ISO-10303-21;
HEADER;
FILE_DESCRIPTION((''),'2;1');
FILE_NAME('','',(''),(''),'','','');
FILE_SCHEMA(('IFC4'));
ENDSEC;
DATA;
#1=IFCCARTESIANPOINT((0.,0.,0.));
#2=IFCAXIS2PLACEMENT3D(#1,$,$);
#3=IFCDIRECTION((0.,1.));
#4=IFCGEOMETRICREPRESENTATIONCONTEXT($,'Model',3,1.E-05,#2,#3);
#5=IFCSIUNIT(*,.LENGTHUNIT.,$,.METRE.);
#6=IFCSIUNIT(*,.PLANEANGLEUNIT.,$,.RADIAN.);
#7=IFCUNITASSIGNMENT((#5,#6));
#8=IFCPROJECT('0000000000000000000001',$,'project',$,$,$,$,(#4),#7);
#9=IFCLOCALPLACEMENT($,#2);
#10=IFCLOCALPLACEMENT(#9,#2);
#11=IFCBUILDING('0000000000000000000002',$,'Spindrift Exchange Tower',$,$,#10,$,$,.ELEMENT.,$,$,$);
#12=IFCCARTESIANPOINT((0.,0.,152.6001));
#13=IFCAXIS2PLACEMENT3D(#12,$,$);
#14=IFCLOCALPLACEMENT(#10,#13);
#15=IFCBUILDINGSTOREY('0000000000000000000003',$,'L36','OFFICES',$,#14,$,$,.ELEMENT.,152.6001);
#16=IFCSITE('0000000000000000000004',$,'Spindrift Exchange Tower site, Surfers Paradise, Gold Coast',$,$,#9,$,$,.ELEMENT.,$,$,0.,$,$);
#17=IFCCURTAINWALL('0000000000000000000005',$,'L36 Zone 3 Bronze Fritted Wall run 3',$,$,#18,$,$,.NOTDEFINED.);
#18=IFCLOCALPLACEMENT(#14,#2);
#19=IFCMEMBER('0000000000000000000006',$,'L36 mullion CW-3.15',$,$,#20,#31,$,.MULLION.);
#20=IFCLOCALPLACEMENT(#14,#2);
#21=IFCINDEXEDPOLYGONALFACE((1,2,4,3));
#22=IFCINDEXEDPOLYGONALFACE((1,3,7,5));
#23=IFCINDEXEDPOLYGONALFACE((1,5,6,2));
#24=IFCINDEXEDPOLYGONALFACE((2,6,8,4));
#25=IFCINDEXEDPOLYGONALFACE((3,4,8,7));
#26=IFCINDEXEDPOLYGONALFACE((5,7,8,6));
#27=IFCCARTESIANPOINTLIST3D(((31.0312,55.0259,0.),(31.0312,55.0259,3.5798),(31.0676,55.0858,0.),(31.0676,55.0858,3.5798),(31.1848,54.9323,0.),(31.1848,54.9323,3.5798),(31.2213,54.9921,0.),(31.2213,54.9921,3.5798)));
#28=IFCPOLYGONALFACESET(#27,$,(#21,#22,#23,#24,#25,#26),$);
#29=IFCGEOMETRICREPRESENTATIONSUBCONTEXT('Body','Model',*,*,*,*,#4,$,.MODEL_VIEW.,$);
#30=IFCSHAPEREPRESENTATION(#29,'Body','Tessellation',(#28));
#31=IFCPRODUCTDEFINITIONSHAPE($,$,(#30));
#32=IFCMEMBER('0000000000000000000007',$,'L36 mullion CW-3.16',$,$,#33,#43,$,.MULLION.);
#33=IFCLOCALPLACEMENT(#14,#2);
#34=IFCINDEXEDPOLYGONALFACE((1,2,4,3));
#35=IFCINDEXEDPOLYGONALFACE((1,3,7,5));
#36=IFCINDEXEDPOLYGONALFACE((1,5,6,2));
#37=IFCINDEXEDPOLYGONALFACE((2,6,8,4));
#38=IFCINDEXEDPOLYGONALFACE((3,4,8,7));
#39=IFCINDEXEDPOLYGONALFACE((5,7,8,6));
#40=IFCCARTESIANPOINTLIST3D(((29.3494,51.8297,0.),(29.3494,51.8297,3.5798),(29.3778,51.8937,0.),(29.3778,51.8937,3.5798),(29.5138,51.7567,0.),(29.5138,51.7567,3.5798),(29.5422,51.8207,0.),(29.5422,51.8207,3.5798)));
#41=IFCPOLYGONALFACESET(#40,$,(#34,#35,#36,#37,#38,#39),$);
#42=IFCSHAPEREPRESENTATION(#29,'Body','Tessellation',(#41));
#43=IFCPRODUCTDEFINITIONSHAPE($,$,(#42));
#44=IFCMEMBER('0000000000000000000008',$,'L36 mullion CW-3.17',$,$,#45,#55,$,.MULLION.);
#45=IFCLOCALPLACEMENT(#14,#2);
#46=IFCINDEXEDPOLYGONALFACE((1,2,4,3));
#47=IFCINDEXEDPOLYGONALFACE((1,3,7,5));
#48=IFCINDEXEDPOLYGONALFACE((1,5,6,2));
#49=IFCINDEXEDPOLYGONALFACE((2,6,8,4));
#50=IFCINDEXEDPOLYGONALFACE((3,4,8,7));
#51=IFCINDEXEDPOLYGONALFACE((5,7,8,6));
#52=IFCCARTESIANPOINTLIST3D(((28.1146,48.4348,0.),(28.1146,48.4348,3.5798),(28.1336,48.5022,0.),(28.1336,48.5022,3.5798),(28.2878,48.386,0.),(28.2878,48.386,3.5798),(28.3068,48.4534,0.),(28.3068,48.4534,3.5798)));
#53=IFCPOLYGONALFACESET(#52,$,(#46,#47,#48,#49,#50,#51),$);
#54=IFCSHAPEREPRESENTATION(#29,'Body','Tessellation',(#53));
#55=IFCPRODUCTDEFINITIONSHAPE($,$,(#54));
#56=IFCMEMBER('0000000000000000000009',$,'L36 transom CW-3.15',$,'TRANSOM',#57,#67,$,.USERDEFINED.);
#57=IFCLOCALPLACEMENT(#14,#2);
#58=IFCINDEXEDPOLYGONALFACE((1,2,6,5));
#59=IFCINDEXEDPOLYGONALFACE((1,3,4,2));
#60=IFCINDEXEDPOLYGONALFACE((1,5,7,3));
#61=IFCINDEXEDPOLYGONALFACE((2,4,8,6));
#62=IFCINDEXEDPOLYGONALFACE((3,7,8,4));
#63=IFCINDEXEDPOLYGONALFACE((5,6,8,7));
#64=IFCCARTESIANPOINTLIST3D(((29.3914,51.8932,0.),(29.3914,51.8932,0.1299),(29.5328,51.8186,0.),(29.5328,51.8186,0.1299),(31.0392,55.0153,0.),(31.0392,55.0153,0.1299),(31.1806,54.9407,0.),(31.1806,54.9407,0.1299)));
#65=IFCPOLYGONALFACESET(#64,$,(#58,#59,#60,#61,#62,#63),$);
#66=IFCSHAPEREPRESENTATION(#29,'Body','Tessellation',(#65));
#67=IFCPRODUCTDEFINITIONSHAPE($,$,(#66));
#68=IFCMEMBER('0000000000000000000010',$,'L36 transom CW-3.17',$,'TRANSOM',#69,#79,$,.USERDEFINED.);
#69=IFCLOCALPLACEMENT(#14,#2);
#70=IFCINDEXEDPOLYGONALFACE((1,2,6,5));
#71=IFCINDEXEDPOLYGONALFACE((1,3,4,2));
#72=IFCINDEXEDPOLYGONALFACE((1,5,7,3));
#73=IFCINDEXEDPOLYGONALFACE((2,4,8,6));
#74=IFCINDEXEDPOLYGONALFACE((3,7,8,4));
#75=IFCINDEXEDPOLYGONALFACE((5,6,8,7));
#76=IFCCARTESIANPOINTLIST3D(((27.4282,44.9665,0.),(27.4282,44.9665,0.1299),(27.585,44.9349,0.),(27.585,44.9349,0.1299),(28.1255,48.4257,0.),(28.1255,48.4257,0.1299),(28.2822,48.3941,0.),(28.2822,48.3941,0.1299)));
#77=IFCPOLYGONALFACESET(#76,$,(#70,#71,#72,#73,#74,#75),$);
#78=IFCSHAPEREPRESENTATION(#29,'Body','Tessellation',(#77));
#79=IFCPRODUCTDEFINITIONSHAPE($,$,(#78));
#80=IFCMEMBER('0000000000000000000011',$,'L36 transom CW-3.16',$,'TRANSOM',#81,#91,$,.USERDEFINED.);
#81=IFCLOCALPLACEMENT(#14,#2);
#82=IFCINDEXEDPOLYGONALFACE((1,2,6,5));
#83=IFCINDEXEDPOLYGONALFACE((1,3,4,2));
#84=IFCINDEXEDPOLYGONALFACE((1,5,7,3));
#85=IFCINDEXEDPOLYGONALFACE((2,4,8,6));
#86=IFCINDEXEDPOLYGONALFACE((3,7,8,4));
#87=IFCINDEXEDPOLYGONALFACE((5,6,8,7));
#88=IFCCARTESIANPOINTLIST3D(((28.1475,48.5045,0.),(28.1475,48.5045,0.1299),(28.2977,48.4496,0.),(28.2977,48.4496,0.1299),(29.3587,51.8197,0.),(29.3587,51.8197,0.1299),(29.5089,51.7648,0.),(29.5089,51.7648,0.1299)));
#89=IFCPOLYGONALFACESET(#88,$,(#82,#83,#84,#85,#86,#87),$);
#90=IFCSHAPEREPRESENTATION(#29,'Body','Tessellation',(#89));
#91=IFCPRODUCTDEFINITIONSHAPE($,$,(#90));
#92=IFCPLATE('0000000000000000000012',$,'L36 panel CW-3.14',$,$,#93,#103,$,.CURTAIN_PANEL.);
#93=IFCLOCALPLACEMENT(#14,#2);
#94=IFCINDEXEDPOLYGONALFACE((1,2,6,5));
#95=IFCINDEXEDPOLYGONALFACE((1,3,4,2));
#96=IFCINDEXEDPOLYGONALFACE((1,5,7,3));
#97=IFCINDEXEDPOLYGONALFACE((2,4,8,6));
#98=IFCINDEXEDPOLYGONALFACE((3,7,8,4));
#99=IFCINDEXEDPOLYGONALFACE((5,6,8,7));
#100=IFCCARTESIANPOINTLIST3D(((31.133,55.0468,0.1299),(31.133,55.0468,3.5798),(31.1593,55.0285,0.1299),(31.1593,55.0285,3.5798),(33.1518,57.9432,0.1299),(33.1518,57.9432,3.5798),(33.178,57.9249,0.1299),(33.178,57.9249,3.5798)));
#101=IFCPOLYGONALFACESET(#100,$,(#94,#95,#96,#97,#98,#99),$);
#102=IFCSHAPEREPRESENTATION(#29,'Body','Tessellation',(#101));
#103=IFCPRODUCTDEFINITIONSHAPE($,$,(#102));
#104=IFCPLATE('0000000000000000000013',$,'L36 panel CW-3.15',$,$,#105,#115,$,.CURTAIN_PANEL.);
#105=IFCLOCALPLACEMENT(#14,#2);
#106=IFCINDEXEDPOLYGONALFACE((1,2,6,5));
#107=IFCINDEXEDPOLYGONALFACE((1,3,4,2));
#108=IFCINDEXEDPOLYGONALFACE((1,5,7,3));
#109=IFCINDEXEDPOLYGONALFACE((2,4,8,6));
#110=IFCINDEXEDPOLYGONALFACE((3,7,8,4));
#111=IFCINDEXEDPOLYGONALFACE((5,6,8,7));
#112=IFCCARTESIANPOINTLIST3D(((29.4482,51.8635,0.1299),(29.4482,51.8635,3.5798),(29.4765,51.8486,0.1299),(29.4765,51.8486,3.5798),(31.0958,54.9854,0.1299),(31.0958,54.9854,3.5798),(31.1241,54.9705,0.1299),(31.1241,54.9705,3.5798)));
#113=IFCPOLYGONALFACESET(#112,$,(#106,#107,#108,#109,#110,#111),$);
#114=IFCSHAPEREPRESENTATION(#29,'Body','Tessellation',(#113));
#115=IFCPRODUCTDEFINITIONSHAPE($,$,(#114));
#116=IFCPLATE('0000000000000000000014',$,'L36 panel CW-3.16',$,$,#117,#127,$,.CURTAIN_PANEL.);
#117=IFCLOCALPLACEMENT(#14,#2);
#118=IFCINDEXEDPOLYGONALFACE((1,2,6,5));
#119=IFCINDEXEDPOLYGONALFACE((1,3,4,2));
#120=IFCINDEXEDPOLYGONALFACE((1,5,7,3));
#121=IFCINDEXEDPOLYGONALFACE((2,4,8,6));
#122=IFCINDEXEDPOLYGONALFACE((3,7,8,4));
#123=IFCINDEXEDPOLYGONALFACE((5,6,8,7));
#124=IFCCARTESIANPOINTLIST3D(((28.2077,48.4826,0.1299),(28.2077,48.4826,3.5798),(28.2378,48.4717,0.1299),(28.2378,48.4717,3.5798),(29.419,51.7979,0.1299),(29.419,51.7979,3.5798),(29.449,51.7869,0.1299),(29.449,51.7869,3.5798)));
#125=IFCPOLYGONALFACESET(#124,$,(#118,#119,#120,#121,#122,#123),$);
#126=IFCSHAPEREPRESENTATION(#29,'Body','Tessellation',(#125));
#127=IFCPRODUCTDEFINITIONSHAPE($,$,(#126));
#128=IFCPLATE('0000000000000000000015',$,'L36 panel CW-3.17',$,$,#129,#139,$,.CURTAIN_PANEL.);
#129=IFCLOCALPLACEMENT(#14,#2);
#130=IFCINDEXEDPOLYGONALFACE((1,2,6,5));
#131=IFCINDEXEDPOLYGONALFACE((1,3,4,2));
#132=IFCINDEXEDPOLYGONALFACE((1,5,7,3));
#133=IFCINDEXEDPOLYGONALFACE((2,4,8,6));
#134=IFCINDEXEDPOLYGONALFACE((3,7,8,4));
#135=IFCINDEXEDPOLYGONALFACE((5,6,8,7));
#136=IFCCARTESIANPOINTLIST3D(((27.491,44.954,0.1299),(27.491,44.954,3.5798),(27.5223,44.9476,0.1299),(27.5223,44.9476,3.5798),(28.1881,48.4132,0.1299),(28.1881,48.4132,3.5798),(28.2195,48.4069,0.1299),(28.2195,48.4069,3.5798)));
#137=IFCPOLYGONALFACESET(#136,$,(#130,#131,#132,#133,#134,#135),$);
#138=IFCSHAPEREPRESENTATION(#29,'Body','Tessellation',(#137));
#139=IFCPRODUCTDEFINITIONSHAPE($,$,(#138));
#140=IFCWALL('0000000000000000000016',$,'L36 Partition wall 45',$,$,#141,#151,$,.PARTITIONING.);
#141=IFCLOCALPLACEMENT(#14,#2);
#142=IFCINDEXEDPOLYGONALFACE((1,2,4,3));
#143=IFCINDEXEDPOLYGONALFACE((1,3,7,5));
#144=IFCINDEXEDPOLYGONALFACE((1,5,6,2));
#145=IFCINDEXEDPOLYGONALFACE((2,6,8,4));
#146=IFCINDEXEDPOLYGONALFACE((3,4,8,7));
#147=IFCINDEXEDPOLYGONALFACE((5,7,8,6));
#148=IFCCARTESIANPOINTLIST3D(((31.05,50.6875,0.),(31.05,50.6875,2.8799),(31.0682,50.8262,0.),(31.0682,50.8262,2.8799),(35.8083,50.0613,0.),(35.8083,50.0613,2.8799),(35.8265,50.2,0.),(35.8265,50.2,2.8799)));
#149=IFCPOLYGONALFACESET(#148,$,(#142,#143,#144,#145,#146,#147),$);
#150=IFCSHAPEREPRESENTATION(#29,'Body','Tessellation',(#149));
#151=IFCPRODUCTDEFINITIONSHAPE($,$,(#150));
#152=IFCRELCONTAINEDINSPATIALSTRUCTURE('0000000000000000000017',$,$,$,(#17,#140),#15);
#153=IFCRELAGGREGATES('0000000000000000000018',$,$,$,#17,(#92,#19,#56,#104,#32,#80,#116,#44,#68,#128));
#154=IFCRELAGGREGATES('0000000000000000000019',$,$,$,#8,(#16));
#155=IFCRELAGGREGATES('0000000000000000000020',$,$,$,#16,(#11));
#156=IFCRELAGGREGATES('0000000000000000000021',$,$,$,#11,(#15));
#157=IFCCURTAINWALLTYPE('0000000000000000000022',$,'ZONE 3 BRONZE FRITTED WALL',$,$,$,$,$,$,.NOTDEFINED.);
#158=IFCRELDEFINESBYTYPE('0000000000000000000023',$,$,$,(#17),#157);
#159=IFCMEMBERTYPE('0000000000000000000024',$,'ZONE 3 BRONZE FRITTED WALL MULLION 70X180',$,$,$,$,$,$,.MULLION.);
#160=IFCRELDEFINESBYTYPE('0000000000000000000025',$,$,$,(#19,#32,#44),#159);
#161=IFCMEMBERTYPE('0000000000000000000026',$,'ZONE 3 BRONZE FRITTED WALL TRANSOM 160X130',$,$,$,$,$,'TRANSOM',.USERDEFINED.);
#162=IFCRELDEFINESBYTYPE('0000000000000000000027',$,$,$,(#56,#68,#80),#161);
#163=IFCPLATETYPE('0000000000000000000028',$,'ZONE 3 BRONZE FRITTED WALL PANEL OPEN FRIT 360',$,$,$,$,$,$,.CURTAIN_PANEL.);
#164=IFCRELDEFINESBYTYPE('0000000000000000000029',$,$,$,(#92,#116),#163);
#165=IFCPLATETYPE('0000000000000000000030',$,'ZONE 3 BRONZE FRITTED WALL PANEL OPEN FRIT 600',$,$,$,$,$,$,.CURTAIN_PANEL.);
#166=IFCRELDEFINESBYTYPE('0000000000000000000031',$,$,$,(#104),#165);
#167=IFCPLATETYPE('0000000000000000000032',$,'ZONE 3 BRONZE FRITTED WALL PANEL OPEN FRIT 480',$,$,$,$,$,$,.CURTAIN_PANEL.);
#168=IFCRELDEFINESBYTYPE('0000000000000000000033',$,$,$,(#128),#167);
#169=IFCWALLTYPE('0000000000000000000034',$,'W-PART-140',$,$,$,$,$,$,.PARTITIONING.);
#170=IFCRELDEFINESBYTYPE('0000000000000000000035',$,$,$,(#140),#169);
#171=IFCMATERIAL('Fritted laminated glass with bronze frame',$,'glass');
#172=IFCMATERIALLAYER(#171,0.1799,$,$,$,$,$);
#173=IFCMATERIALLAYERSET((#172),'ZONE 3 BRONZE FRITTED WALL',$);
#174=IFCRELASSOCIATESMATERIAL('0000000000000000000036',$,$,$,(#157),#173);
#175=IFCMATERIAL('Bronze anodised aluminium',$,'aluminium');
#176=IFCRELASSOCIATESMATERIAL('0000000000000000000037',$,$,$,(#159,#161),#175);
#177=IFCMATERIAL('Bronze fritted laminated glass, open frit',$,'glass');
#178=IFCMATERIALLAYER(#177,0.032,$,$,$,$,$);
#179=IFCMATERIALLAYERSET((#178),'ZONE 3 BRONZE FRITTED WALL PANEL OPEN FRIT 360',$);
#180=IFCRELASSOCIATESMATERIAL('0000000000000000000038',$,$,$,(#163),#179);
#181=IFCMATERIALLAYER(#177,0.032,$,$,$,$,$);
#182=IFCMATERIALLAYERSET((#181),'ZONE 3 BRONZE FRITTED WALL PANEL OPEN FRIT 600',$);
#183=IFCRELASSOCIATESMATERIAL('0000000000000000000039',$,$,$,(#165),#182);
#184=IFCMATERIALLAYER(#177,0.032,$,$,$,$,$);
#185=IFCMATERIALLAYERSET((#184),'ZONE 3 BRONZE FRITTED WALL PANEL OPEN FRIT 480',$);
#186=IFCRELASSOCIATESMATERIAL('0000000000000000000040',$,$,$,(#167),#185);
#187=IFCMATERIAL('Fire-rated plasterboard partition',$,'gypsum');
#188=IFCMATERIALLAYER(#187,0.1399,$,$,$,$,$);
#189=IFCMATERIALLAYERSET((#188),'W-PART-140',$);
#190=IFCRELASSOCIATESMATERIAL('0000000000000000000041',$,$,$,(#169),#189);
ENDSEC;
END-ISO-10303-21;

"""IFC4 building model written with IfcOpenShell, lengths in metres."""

from ifc_helpers import new_model, si_unit, direction, frame, frame_2d, origin, origin_2d, place, context, subcontext, project, spatial, rectangle, extrude, source, transform, mapped, material, layer, layer_set, material_profile, profile_set, type_object, element, aggregate, save


model = new_model("IFC4")

# Units and contexts
model_context = context("Model", 3, precision=1e-05, world=origin(), true_north=direction((0.0, 1.0)))
body_context = subcontext(model_context, "Body", "Model", "MODEL_VIEW")
ifc_project = project(units=[si_unit("LENGTHUNIT", "METRE"), si_unit("PLANEANGLEUNIT", "RADIAN")], contexts=[model_context])

# Site, building, storey
site_placement = place(None, origin())
site = spatial("IfcSite", under=ifc_project, at=site_placement, Name="Spindrift Exchange Tower site, Surfers Paradise, Gold Coast", CompositionType="ELEMENT", RefElevation=0.0)
building_placement = place(site_placement, origin())
building = spatial("IfcBuilding", under=site, at=building_placement, Name="Spindrift Exchange Tower", CompositionType="ELEMENT")
storey_placement = place(building_placement, frame((0.0, 0.0, 152.6001)))
storey = spatial("IfcBuildingStorey", under=building, at=storey_placement, Name="L36", Description="OFFICES", CompositionType="ELEMENT", Elevation=152.6001)

# Curtain wall, members, plates
ifc_material_1 = material(Name="Fritted laminated glass with bronze frame", Category="glass")
ifc_layer_1 = layer(ifc_material_1, 0.1799)
ifc_layer_set_1 = layer_set([ifc_layer_1], Name="ZONE 3 BRONZE FRITTED WALL")
curtain_wall_type = type_object("IfcCurtainWallType", Name="ZONE 3 BRONZE FRITTED WALL", PredefinedType="NOTDEFINED", material=ifc_layer_set_1)
curtain_wall_placement = place(storey_placement, origin())
curtain_wall = element("IfcCurtainWall", 1, at=curtain_wall_placement, inside=storey, type_object=curtain_wall_type, Name="L36 Zone 3 Bronze Fritted Wall run 3", PredefinedType="NOTDEFINED")
ifc_material_2 = material(Name="Bronze anodised aluminium", Category="aluminium")
ifc_material_profile_1 = material_profile(ifc_material_2, rectangle(XDim=0.0701, YDim=0.1799, at=origin_2d()), Name="ZONE 3 BRONZE FRITTED WALL MULLION 70X180")
ifc_profile_set_1 = profile_set([ifc_material_profile_1], Name="Bronze anodised aluminium")
member_type_1 = type_object("IfcMemberType", Name="ZONE 3 BRONZE FRITTED WALL MULLION 70X180", PredefinedType="MULLION", material=ifc_profile_set_1)
shared_shape_1 = source(origin(), body_context, "Body", "SweptSolid", [
    extrude(rectangle(XDim=0.0701, YDim=0.1799, at=origin_2d()), origin(), (0.0, 0.0, 1.0), 3.5798),
])
member_1_placement = place(storey_placement, frame((31.1262, 55.009, 0.0), z_axis=(0.0, 0.0, 1.0), x_axis=(-0.52025, -0.854014, 0.0)))
member_1 = element("IfcMember", 2, at=member_1_placement, type_object=member_type_1, Name="L36 mullion CW-3.15", PredefinedType="MULLION", context=body_context, shape_type="MappedRepresentation", body=[
    mapped(shared_shape_1, transform((0.0, 0.0, 0.0), scale=1.0)),
])
member_2_placement = place(storey_placement, frame((29.4458, 51.8252, 0.0), z_axis=(0.0, 0.0, 1.0), x_axis=(-0.405879, -0.913927, 0.0)))
member_2 = element("IfcMember", 3, at=member_2_placement, type_object=member_type_1, Name="L36 mullion CW-3.16", PredefinedType="MULLION", context=body_context, shape_type="MappedRepresentation", body=[
    mapped(shared_shape_1, transform((0.0, 0.0, 0.0), scale=1.0)),
])
member_3_placement = place(storey_placement, frame((28.2107, 48.4441, 0.0), z_axis=(0.0, 0.0, 1.0), x_axis=(-0.271142, -0.962539, 0.0)))
member_3 = element("IfcMember", 4, at=member_3_placement, type_object=member_type_1, Name="L36 mullion CW-3.17", PredefinedType="MULLION", context=body_context, shape_type="MappedRepresentation", body=[
    mapped(shared_shape_1, transform((0.0, 0.0, 0.0), scale=1.0)),
])
ifc_material_profile_2 = material_profile(ifc_material_2, rectangle(XDim=0.1599, YDim=0.1299, at=origin_2d()), Name="ZONE 3 BRONZE FRITTED WALL TRANSOM 160X130")
ifc_profile_set_2 = profile_set([ifc_material_profile_2], Name="Bronze anodised aluminium")
member_type_2 = type_object("IfcMemberType", Name="ZONE 3 BRONZE FRITTED WALL TRANSOM 160X130", ElementType="TRANSOM", PredefinedType="USERDEFINED", material=ifc_profile_set_2)
shared_shape_2 = source(origin(), body_context, "Body", "SweptSolid", [
    extrude(rectangle(XDim=0.1599, YDim=0.1299, at=origin_2d()), origin(), (0.0, 0.0, 1.0), 3.5303),
])
member_4_placement = place(storey_placement, frame((31.1099, 54.978, 0.0649), z_axis=(-0.466747, -0.884391, 0.0), x_axis=(0.884391, -0.466747, 0.0)))
member_4 = element("IfcMember", 5, at=member_4_placement, type_object=member_type_2, Name="L36 transom CW-3.15", ObjectType="TRANSOM", PredefinedType="USERDEFINED", context=body_context, shape_type="MappedRepresentation", body=[
    mapped(shared_shape_2, transform((0.0, 0.0, 0.0), scale=1.0)),
])
shared_shape_3 = source(origin(), body_context, "Body", "SweptSolid", [
    extrude(rectangle(XDim=0.1599, YDim=0.1299, at=origin_2d()), origin(), (0.0, 0.0, 1.0), 3.5288),
])
member_5_placement = place(storey_placement, frame((28.2039, 48.4099, 0.0649), z_axis=(-0.197593, -0.980284, 0.0), x_axis=(0.980284, -0.197593, 0.0)))
member_5 = element("IfcMember", 6, at=member_5_placement, type_object=member_type_2, Name="L36 transom CW-3.17", ObjectType="TRANSOM", PredefinedType="USERDEFINED", context=body_context, shape_type="MappedRepresentation", body=[
    mapped(shared_shape_3, transform((0.0, 0.0, 0.0), scale=1.0)),
])
shared_shape_4 = source(origin(), body_context, "Body", "SweptSolid", [
    extrude(rectangle(XDim=0.1599, YDim=0.1299, at=origin_2d()), origin(), (0.0, 0.0, 1.0), 3.5295),
])
member_6_placement = place(storey_placement, frame((29.4338, 51.7922, 0.0649), z_axis=(-0.343159, -0.939277, 0.0), x_axis=(0.939277, -0.343159, 0.0)))
member_6 = element("IfcMember", 7, at=member_6_placement, type_object=member_type_2, Name="L36 transom CW-3.16", ObjectType="TRANSOM", PredefinedType="USERDEFINED", context=body_context, shape_type="MappedRepresentation", body=[
    mapped(shared_shape_4, transform((0.0, 0.0, 0.0), scale=1.0)),
])
ifc_material_3 = material(Name="Bronze fritted laminated glass, open frit", Category="glass")
ifc_layer_2 = layer(ifc_material_3, 0.032)
ifc_layer_set_2 = layer_set([ifc_layer_2], Name="ZONE 3 BRONZE FRITTED WALL PANEL OPEN FRIT 360")
plate_type_1 = type_object("IfcPlateType", Name="ZONE 3 BRONZE FRITTED WALL PANEL OPEN FRIT 360", PredefinedType="CURTAIN_PANEL", material=ifc_layer_set_2)
shared_shape_5 = source(origin(), body_context, "Body", "SweptSolid", [
    extrude(rectangle(XDim=3.5305, YDim=0.032, at=origin_2d()), origin(), (0.0, 0.0, 1.0), 3.45),
])
plate_1_placement = place(storey_placement, frame((32.1555, 56.4858, 0.1299), z_axis=(0.0, 0.0, 1.0), x_axis=(-0.571791, -0.820399, 0.0)))
plate_1 = element("IfcPlate", 8, at=plate_1_placement, type_object=plate_type_1, Name="L36 panel CW-3.14", PredefinedType="CURTAIN_PANEL", context=body_context, shape_type="MappedRepresentation", body=[
    mapped(shared_shape_5, transform((0.0, 0.0, 0.0), scale=1.0)),
])
ifc_layer_3 = layer(ifc_material_3, 0.032)
ifc_layer_set_3 = layer_set([ifc_layer_3], Name="ZONE 3 BRONZE FRITTED WALL PANEL OPEN FRIT 600")
plate_type_2 = type_object("IfcPlateType", Name="ZONE 3 BRONZE FRITTED WALL PANEL OPEN FRIT 600", PredefinedType="CURTAIN_PANEL", material=ifc_layer_set_3)
shared_shape_6 = source(origin(), body_context, "Body", "SweptSolid", [
    extrude(rectangle(XDim=3.53, YDim=0.032, at=origin_2d()), origin(), (0.0, 0.0, 1.0), 3.45),
])
plate_2_placement = place(storey_placement, frame((30.2861, 53.417, 0.1299), z_axis=(0.0, 0.0, 1.0), x_axis=(-0.466739, -0.884395, 0.0)))
plate_2 = element("IfcPlate", 9, at=plate_2_placement, type_object=plate_type_2, Name="L36 panel CW-3.15", PredefinedType="CURTAIN_PANEL", context=body_context, shape_type="MappedRepresentation", body=[
    mapped(shared_shape_6, transform((0.0, 0.0, 0.0), scale=1.0)),
])
shared_shape_7 = source(origin(), body_context, "Body", "SweptSolid", [
    extrude(rectangle(XDim=3.5295, YDim=0.032, at=origin_2d()), origin(), (0.0, 0.0, 1.0), 3.45),
])
plate_3_placement = place(storey_placement, frame((28.8284, 50.1348, 0.1299), z_axis=(0.0, 0.0, 1.0), x_axis=(-0.343161, -0.939276, 0.0)))
plate_3 = element("IfcPlate", 10, at=plate_3_placement, type_object=plate_type_1, Name="L36 panel CW-3.16", PredefinedType="CURTAIN_PANEL", context=body_context, shape_type="MappedRepresentation", body=[
    mapped(shared_shape_7, transform((0.0, 0.0, 0.0), scale=1.0)),
])
ifc_layer_4 = layer(ifc_material_3, 0.032)
ifc_layer_set_4 = layer_set([ifc_layer_4], Name="ZONE 3 BRONZE FRITTED WALL PANEL OPEN FRIT 480")
plate_type_3 = type_object("IfcPlateType", Name="ZONE 3 BRONZE FRITTED WALL PANEL OPEN FRIT 480", PredefinedType="CURTAIN_PANEL", material=ifc_layer_set_4)
shared_shape_8 = source(origin(), body_context, "Body", "SweptSolid", [
    extrude(rectangle(XDim=3.5288, YDim=0.032, at=origin_2d()), origin(), (0.0, 0.0, 1.0), 3.45),
])
plate_4_placement = place(storey_placement, frame((27.8552, 46.6804, 0.1299), z_axis=(0.0, 0.0, 1.0), x_axis=(-0.19757, -0.980289, 0.0)))
plate_4 = element("IfcPlate", 11, at=plate_4_placement, type_object=plate_type_3, Name="L36 panel CW-3.17", PredefinedType="CURTAIN_PANEL", context=body_context, shape_type="MappedRepresentation", body=[
    mapped(shared_shape_8, transform((0.0, 0.0, 0.0), scale=1.0)),
])
aggregate(curtain_wall, [plate_1, member_1, member_4, plate_2, member_2, member_6, plate_3, member_3, member_5, plate_4])

# Wall
ifc_material_4 = material(Name="Fire-rated plasterboard partition", Category="gypsum")
ifc_layer_5 = layer(ifc_material_4, 0.1399)
ifc_layer_set_5 = layer_set([ifc_layer_5], Name="W-PART-140")
wall_type = type_object("IfcWallType", Name="W-PART-140", PredefinedType="PARTITIONING", material=ifc_layer_set_5)
wall_1_placement = place(storey_placement, frame((35.8174, 50.1306, 0.0), z_axis=(0.0, 0.0, 1.0), x_axis=(-0.991451, 0.130481, 0.0)))
element("IfcWall", 12, at=wall_1_placement, inside=storey, type_object=wall_type, Name="L36 Partition wall 45", PredefinedType="PARTITIONING", context=body_context, shape_type="SweptSolid", body=[
    extrude(rectangle(XDim=4.7993, YDim=0.1399, at=frame_2d((2.3997, 0.0))), origin(), (0.0, 0.0, 1.0), 2.8799),
])

save(model, "model.ifc")
